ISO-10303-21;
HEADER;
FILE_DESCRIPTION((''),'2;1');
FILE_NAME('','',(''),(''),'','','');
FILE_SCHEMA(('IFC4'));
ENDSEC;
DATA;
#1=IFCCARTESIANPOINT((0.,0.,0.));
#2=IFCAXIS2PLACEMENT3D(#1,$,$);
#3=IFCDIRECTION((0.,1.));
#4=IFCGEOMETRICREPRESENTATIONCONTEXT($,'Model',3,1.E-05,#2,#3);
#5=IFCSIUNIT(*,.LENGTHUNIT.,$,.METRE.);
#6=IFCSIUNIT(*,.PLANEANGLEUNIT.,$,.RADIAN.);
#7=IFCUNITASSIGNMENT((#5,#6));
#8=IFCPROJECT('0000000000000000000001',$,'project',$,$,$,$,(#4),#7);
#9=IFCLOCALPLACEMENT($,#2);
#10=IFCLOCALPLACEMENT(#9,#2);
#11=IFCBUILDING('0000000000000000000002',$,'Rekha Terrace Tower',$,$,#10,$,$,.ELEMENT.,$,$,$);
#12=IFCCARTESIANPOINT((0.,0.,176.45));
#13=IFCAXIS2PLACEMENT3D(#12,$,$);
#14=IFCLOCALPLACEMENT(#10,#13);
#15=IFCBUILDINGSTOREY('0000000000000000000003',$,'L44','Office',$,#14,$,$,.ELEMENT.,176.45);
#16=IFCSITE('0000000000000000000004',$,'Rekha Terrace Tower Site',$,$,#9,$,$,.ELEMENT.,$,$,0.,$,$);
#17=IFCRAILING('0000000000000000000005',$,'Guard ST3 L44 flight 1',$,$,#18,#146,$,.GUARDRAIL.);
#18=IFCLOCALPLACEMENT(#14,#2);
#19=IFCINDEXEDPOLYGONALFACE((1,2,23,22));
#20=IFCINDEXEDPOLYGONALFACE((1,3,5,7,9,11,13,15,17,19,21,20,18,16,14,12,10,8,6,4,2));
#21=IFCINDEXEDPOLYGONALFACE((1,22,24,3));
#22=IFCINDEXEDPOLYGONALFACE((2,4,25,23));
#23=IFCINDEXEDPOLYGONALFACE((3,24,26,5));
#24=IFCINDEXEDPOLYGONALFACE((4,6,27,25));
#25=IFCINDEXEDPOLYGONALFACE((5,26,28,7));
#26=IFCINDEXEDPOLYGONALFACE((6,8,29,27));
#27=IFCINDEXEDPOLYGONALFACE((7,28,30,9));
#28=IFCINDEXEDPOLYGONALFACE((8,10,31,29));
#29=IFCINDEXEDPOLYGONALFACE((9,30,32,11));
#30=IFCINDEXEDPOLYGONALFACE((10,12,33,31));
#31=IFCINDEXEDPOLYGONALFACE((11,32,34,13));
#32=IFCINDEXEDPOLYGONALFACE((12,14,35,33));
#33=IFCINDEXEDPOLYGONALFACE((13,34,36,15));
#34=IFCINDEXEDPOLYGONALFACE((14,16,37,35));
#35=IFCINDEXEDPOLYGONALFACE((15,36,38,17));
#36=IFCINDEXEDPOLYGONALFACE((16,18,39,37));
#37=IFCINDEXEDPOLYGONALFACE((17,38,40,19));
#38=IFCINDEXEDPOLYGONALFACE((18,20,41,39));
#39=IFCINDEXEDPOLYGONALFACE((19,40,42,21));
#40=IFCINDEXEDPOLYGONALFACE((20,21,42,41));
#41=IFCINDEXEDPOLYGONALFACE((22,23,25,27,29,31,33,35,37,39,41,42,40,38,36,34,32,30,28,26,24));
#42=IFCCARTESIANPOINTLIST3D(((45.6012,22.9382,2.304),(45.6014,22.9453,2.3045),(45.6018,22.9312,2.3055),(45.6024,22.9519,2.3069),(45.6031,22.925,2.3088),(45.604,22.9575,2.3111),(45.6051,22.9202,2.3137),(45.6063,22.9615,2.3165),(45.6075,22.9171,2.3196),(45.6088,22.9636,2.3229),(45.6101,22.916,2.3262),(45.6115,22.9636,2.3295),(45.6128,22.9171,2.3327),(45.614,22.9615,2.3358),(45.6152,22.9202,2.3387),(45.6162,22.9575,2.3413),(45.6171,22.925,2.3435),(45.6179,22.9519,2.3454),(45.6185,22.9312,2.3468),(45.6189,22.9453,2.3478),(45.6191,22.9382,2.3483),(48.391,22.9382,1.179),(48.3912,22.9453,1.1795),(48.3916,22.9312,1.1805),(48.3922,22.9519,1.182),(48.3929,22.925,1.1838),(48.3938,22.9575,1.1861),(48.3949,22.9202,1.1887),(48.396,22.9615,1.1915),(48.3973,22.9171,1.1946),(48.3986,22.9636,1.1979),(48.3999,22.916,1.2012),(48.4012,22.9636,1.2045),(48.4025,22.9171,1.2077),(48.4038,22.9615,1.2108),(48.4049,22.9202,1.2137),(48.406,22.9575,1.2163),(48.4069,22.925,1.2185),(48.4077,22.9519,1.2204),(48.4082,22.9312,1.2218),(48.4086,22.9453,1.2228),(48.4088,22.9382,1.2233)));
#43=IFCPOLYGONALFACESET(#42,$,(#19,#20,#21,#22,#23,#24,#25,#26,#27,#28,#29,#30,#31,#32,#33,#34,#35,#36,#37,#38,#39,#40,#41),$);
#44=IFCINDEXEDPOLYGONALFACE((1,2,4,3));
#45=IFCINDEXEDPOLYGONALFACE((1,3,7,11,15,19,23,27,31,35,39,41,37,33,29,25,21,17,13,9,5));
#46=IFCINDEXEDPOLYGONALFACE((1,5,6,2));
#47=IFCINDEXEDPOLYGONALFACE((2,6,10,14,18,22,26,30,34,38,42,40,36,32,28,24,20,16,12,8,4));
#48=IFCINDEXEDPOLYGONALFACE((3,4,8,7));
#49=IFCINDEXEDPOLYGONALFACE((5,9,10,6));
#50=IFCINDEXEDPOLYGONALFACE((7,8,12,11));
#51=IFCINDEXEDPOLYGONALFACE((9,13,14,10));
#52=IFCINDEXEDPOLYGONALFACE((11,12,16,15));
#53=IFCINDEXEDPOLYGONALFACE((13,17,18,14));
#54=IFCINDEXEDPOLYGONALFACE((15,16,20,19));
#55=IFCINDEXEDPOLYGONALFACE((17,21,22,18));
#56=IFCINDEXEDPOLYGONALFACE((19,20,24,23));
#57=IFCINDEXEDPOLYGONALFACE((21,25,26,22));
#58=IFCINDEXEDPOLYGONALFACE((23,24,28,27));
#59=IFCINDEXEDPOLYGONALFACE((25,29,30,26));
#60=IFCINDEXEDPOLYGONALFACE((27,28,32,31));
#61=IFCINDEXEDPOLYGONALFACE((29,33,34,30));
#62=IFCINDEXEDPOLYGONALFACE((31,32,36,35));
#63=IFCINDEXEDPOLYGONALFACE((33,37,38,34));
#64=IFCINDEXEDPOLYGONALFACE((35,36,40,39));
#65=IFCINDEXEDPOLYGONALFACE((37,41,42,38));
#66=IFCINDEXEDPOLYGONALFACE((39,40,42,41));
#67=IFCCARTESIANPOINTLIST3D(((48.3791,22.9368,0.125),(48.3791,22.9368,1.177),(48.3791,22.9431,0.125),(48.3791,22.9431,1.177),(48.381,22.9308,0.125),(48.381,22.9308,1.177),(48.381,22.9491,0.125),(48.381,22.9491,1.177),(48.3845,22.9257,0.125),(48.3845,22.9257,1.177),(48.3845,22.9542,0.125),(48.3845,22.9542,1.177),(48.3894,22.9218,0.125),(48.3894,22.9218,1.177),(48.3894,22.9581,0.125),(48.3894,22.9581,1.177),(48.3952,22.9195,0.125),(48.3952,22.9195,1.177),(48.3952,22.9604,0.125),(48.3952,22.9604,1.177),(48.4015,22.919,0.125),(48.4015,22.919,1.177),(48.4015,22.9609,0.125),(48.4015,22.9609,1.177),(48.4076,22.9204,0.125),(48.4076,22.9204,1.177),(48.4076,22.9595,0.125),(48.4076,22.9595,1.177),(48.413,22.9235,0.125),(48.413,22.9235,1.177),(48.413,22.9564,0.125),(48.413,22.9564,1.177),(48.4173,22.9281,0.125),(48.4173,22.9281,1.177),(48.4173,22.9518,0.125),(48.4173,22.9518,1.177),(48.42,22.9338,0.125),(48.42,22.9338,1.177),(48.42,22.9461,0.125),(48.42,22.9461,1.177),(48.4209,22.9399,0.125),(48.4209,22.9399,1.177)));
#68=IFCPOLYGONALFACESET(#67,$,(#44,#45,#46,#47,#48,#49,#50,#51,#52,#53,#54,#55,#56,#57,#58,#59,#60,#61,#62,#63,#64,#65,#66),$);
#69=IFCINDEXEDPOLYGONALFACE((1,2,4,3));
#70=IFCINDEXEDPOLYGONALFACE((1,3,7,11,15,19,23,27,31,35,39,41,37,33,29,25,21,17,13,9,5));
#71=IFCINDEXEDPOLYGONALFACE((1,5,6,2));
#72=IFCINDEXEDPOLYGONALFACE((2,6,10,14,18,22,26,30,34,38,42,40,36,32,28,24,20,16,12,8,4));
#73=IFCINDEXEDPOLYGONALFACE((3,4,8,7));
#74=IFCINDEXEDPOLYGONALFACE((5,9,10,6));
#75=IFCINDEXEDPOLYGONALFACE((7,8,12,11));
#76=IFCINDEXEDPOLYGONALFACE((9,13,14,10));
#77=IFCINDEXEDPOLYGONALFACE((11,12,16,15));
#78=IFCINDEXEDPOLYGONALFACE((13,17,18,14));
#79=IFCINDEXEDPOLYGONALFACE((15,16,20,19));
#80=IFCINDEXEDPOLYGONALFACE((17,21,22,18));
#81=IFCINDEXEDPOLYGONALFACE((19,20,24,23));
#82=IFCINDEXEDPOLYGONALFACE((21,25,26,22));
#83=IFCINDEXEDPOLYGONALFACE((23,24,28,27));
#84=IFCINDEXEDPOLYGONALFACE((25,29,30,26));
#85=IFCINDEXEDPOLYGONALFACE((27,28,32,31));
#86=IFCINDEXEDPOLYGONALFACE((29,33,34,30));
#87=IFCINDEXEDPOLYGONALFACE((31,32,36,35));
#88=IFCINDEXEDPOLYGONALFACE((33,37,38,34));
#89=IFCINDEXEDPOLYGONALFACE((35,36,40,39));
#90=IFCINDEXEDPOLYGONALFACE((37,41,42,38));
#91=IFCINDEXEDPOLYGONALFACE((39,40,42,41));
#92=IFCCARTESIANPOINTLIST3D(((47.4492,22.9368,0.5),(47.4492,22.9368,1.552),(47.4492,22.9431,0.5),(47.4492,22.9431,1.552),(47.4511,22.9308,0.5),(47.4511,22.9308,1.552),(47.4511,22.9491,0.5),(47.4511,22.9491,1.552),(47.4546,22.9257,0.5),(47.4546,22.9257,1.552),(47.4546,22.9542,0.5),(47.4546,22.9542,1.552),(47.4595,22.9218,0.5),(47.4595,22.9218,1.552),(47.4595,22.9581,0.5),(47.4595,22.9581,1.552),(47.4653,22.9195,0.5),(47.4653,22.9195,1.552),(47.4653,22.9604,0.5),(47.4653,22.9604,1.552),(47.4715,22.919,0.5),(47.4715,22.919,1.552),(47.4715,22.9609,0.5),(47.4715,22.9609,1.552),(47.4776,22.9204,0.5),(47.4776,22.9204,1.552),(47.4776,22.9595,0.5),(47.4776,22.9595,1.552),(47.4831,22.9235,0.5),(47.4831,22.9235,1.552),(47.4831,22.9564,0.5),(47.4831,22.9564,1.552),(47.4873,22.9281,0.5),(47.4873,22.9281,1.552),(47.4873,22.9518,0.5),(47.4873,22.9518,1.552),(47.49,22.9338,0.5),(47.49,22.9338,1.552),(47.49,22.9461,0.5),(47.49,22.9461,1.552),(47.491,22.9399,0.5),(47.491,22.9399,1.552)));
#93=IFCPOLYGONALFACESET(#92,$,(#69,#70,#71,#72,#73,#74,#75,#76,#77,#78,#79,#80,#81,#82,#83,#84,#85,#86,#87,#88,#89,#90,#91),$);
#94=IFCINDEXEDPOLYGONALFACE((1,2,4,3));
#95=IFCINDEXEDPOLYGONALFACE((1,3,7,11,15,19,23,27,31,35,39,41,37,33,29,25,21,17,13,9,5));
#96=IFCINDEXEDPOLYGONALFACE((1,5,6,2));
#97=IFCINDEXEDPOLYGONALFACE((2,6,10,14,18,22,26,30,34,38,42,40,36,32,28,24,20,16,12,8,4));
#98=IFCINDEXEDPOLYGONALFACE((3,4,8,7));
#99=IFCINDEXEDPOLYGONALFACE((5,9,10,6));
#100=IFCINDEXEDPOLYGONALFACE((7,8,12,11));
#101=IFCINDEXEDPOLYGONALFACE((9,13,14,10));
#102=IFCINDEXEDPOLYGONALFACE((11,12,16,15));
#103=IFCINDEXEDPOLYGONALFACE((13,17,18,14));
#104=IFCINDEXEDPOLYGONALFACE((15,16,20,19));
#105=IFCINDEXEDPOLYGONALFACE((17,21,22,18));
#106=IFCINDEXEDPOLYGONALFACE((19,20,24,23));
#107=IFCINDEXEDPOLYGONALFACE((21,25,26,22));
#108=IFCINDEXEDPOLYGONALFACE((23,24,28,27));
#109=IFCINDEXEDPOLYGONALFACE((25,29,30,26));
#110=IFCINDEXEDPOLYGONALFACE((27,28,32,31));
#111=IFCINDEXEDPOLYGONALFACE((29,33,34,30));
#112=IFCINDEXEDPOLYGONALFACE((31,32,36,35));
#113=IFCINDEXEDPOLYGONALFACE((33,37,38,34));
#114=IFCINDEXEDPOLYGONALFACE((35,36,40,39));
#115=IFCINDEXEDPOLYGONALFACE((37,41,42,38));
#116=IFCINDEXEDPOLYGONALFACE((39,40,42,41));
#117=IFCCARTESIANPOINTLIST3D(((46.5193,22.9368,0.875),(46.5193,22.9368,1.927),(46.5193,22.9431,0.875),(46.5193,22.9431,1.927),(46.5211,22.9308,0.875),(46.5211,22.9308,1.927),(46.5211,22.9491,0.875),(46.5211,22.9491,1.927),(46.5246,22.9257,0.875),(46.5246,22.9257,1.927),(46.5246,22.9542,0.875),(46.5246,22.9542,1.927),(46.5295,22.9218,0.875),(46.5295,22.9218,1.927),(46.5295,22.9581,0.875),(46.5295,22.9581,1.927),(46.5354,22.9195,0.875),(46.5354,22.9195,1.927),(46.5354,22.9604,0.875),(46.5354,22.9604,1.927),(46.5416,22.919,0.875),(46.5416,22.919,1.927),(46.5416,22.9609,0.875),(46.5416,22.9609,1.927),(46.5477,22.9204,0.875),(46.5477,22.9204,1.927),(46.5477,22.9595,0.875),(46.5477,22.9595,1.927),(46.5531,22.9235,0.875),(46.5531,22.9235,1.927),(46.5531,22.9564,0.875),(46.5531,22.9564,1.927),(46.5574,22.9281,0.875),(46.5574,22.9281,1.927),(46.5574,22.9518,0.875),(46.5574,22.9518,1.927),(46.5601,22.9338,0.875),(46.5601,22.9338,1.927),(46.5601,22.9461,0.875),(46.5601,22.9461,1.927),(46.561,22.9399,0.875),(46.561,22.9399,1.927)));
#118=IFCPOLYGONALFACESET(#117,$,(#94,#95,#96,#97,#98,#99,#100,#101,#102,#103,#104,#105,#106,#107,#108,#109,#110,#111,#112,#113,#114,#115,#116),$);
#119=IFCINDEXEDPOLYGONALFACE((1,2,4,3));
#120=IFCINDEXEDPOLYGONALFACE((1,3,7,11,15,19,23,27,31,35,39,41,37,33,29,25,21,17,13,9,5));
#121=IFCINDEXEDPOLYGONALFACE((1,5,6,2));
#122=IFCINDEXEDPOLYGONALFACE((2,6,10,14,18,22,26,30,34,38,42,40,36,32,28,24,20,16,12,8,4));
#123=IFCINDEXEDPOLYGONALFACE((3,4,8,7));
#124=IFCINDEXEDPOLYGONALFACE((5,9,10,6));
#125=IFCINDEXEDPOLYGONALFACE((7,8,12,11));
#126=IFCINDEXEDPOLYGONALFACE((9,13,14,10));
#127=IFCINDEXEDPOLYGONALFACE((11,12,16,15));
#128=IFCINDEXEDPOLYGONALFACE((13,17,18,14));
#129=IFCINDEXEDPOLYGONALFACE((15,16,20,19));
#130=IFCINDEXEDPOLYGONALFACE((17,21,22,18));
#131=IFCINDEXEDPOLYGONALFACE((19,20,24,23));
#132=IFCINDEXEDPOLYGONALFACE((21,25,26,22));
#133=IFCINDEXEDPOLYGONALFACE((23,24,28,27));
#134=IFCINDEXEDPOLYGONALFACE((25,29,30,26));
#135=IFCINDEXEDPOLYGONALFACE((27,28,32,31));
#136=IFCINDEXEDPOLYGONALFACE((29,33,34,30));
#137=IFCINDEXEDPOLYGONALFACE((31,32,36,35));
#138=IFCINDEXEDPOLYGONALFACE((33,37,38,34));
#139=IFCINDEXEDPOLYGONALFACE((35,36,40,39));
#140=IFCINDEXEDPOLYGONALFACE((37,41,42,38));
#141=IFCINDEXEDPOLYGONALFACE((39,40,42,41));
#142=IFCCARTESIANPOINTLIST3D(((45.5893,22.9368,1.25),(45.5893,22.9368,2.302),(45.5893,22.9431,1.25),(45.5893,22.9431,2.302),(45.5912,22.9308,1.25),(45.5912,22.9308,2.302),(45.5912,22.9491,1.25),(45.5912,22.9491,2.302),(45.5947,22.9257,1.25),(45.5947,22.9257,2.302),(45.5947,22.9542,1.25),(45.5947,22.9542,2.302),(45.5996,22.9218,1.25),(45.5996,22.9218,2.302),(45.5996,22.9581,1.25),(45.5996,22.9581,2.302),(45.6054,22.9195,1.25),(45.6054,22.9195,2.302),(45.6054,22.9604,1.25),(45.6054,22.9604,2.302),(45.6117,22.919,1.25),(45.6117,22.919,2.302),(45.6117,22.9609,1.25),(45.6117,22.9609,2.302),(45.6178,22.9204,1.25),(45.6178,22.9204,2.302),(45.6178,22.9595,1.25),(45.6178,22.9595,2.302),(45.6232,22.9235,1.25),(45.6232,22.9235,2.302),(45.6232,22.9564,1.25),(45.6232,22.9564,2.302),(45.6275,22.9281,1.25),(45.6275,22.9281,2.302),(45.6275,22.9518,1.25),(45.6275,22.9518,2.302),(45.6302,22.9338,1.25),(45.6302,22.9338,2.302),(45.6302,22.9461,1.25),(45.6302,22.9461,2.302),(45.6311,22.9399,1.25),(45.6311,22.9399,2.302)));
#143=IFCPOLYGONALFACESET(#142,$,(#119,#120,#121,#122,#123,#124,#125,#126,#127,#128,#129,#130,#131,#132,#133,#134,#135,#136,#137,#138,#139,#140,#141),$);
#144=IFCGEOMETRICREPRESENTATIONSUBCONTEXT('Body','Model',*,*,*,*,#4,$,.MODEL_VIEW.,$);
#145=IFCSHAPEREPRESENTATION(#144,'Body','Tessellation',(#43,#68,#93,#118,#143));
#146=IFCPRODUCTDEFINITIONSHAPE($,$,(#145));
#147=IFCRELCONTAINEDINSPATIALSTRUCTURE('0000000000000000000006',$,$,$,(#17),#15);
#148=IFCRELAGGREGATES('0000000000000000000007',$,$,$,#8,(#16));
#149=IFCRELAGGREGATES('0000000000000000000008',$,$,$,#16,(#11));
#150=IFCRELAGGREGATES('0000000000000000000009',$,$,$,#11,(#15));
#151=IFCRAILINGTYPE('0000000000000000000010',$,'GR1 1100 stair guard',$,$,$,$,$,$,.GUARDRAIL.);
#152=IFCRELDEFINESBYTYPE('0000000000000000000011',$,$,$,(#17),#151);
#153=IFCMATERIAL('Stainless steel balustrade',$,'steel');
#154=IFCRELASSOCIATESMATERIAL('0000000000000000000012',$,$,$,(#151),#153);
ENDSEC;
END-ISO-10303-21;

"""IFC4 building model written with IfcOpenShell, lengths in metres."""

from ifc_helpers import new_model, si_unit, direction, frame, origin, origin_2d, place, context, subcontext, project, spatial, circle, extrude, material, type_object, element, save


model = new_model("IFC4")

# Units and contexts
model_context = context("Model", 3, precision=1e-05, world=origin(), true_north=direction((0.0, 1.0)))
body_context = subcontext(model_context, "Body", "Model", "MODEL_VIEW")
ifc_project = project(units=[si_unit("LENGTHUNIT", "METRE"), si_unit("PLANEANGLEUNIT", "RADIAN")], contexts=[model_context])

# Site, building, storey
site_placement = place(None, origin())
site = spatial("IfcSite", under=ifc_project, at=site_placement, Name="Rekha Terrace Tower Site", CompositionType="ELEMENT", RefElevation=0.0)
building_placement = place(site_placement, origin())
building = spatial("IfcBuilding", under=site, at=building_placement, Name="Rekha Terrace Tower", CompositionType="ELEMENT")
storey_placement = place(building_placement, frame((0.0, 0.0, 176.45)))
storey = spatial("IfcBuildingStorey", under=building, at=storey_placement, Name="L44", Description="Office", CompositionType="ELEMENT", Elevation=176.45)

# Railing
ifc_material_1 = material(Name="Stainless steel balustrade", Category="steel")
railing_type_1 = type_object("IfcRailingType", Name="GR1 1100 stair guard", PredefinedType="GUARDRAIL", material=ifc_material_1)
railing_1_placement = place(storey_placement, frame((48.3999, 22.9399, 0.125)))
element("IfcRailing", 1, at=railing_1_placement, inside=storey, type_object=railing_type_1, Name="Guard ST3 L44 flight 1", PredefinedType="GUARDRAIL", context=body_context, shape_type="SweptSolid", body=[
    extrude(circle(Radius=0.0239, at=origin_2d()), frame((0.0, 0.0, 1.0762), z_axis=(-0.927432, 0.0, 0.373992), x_axis=(0.0, -1.0, 0.0)), (0.0, 0.0, 1.0), 3.0081),
    extrude(circle(Radius=0.021, at=origin_2d()), origin(), (0.0, 0.0, 1.0), 1.052),
    extrude(circle(Radius=0.021, at=origin_2d()), frame((-0.9299, 0.0, 0.375)), (0.0, 0.0, 1.0), 1.052),
    extrude(circle(Radius=0.021, at=origin_2d()), frame((-1.8599, 0.0, 0.75)), (0.0, 0.0, 1.0), 1.052),
    extrude(circle(Radius=0.021, at=origin_2d()), frame((-2.7898, 0.0, 1.125)), (0.0, 0.0, 1.0), 1.052),
])

save(model, "model.ifc")
